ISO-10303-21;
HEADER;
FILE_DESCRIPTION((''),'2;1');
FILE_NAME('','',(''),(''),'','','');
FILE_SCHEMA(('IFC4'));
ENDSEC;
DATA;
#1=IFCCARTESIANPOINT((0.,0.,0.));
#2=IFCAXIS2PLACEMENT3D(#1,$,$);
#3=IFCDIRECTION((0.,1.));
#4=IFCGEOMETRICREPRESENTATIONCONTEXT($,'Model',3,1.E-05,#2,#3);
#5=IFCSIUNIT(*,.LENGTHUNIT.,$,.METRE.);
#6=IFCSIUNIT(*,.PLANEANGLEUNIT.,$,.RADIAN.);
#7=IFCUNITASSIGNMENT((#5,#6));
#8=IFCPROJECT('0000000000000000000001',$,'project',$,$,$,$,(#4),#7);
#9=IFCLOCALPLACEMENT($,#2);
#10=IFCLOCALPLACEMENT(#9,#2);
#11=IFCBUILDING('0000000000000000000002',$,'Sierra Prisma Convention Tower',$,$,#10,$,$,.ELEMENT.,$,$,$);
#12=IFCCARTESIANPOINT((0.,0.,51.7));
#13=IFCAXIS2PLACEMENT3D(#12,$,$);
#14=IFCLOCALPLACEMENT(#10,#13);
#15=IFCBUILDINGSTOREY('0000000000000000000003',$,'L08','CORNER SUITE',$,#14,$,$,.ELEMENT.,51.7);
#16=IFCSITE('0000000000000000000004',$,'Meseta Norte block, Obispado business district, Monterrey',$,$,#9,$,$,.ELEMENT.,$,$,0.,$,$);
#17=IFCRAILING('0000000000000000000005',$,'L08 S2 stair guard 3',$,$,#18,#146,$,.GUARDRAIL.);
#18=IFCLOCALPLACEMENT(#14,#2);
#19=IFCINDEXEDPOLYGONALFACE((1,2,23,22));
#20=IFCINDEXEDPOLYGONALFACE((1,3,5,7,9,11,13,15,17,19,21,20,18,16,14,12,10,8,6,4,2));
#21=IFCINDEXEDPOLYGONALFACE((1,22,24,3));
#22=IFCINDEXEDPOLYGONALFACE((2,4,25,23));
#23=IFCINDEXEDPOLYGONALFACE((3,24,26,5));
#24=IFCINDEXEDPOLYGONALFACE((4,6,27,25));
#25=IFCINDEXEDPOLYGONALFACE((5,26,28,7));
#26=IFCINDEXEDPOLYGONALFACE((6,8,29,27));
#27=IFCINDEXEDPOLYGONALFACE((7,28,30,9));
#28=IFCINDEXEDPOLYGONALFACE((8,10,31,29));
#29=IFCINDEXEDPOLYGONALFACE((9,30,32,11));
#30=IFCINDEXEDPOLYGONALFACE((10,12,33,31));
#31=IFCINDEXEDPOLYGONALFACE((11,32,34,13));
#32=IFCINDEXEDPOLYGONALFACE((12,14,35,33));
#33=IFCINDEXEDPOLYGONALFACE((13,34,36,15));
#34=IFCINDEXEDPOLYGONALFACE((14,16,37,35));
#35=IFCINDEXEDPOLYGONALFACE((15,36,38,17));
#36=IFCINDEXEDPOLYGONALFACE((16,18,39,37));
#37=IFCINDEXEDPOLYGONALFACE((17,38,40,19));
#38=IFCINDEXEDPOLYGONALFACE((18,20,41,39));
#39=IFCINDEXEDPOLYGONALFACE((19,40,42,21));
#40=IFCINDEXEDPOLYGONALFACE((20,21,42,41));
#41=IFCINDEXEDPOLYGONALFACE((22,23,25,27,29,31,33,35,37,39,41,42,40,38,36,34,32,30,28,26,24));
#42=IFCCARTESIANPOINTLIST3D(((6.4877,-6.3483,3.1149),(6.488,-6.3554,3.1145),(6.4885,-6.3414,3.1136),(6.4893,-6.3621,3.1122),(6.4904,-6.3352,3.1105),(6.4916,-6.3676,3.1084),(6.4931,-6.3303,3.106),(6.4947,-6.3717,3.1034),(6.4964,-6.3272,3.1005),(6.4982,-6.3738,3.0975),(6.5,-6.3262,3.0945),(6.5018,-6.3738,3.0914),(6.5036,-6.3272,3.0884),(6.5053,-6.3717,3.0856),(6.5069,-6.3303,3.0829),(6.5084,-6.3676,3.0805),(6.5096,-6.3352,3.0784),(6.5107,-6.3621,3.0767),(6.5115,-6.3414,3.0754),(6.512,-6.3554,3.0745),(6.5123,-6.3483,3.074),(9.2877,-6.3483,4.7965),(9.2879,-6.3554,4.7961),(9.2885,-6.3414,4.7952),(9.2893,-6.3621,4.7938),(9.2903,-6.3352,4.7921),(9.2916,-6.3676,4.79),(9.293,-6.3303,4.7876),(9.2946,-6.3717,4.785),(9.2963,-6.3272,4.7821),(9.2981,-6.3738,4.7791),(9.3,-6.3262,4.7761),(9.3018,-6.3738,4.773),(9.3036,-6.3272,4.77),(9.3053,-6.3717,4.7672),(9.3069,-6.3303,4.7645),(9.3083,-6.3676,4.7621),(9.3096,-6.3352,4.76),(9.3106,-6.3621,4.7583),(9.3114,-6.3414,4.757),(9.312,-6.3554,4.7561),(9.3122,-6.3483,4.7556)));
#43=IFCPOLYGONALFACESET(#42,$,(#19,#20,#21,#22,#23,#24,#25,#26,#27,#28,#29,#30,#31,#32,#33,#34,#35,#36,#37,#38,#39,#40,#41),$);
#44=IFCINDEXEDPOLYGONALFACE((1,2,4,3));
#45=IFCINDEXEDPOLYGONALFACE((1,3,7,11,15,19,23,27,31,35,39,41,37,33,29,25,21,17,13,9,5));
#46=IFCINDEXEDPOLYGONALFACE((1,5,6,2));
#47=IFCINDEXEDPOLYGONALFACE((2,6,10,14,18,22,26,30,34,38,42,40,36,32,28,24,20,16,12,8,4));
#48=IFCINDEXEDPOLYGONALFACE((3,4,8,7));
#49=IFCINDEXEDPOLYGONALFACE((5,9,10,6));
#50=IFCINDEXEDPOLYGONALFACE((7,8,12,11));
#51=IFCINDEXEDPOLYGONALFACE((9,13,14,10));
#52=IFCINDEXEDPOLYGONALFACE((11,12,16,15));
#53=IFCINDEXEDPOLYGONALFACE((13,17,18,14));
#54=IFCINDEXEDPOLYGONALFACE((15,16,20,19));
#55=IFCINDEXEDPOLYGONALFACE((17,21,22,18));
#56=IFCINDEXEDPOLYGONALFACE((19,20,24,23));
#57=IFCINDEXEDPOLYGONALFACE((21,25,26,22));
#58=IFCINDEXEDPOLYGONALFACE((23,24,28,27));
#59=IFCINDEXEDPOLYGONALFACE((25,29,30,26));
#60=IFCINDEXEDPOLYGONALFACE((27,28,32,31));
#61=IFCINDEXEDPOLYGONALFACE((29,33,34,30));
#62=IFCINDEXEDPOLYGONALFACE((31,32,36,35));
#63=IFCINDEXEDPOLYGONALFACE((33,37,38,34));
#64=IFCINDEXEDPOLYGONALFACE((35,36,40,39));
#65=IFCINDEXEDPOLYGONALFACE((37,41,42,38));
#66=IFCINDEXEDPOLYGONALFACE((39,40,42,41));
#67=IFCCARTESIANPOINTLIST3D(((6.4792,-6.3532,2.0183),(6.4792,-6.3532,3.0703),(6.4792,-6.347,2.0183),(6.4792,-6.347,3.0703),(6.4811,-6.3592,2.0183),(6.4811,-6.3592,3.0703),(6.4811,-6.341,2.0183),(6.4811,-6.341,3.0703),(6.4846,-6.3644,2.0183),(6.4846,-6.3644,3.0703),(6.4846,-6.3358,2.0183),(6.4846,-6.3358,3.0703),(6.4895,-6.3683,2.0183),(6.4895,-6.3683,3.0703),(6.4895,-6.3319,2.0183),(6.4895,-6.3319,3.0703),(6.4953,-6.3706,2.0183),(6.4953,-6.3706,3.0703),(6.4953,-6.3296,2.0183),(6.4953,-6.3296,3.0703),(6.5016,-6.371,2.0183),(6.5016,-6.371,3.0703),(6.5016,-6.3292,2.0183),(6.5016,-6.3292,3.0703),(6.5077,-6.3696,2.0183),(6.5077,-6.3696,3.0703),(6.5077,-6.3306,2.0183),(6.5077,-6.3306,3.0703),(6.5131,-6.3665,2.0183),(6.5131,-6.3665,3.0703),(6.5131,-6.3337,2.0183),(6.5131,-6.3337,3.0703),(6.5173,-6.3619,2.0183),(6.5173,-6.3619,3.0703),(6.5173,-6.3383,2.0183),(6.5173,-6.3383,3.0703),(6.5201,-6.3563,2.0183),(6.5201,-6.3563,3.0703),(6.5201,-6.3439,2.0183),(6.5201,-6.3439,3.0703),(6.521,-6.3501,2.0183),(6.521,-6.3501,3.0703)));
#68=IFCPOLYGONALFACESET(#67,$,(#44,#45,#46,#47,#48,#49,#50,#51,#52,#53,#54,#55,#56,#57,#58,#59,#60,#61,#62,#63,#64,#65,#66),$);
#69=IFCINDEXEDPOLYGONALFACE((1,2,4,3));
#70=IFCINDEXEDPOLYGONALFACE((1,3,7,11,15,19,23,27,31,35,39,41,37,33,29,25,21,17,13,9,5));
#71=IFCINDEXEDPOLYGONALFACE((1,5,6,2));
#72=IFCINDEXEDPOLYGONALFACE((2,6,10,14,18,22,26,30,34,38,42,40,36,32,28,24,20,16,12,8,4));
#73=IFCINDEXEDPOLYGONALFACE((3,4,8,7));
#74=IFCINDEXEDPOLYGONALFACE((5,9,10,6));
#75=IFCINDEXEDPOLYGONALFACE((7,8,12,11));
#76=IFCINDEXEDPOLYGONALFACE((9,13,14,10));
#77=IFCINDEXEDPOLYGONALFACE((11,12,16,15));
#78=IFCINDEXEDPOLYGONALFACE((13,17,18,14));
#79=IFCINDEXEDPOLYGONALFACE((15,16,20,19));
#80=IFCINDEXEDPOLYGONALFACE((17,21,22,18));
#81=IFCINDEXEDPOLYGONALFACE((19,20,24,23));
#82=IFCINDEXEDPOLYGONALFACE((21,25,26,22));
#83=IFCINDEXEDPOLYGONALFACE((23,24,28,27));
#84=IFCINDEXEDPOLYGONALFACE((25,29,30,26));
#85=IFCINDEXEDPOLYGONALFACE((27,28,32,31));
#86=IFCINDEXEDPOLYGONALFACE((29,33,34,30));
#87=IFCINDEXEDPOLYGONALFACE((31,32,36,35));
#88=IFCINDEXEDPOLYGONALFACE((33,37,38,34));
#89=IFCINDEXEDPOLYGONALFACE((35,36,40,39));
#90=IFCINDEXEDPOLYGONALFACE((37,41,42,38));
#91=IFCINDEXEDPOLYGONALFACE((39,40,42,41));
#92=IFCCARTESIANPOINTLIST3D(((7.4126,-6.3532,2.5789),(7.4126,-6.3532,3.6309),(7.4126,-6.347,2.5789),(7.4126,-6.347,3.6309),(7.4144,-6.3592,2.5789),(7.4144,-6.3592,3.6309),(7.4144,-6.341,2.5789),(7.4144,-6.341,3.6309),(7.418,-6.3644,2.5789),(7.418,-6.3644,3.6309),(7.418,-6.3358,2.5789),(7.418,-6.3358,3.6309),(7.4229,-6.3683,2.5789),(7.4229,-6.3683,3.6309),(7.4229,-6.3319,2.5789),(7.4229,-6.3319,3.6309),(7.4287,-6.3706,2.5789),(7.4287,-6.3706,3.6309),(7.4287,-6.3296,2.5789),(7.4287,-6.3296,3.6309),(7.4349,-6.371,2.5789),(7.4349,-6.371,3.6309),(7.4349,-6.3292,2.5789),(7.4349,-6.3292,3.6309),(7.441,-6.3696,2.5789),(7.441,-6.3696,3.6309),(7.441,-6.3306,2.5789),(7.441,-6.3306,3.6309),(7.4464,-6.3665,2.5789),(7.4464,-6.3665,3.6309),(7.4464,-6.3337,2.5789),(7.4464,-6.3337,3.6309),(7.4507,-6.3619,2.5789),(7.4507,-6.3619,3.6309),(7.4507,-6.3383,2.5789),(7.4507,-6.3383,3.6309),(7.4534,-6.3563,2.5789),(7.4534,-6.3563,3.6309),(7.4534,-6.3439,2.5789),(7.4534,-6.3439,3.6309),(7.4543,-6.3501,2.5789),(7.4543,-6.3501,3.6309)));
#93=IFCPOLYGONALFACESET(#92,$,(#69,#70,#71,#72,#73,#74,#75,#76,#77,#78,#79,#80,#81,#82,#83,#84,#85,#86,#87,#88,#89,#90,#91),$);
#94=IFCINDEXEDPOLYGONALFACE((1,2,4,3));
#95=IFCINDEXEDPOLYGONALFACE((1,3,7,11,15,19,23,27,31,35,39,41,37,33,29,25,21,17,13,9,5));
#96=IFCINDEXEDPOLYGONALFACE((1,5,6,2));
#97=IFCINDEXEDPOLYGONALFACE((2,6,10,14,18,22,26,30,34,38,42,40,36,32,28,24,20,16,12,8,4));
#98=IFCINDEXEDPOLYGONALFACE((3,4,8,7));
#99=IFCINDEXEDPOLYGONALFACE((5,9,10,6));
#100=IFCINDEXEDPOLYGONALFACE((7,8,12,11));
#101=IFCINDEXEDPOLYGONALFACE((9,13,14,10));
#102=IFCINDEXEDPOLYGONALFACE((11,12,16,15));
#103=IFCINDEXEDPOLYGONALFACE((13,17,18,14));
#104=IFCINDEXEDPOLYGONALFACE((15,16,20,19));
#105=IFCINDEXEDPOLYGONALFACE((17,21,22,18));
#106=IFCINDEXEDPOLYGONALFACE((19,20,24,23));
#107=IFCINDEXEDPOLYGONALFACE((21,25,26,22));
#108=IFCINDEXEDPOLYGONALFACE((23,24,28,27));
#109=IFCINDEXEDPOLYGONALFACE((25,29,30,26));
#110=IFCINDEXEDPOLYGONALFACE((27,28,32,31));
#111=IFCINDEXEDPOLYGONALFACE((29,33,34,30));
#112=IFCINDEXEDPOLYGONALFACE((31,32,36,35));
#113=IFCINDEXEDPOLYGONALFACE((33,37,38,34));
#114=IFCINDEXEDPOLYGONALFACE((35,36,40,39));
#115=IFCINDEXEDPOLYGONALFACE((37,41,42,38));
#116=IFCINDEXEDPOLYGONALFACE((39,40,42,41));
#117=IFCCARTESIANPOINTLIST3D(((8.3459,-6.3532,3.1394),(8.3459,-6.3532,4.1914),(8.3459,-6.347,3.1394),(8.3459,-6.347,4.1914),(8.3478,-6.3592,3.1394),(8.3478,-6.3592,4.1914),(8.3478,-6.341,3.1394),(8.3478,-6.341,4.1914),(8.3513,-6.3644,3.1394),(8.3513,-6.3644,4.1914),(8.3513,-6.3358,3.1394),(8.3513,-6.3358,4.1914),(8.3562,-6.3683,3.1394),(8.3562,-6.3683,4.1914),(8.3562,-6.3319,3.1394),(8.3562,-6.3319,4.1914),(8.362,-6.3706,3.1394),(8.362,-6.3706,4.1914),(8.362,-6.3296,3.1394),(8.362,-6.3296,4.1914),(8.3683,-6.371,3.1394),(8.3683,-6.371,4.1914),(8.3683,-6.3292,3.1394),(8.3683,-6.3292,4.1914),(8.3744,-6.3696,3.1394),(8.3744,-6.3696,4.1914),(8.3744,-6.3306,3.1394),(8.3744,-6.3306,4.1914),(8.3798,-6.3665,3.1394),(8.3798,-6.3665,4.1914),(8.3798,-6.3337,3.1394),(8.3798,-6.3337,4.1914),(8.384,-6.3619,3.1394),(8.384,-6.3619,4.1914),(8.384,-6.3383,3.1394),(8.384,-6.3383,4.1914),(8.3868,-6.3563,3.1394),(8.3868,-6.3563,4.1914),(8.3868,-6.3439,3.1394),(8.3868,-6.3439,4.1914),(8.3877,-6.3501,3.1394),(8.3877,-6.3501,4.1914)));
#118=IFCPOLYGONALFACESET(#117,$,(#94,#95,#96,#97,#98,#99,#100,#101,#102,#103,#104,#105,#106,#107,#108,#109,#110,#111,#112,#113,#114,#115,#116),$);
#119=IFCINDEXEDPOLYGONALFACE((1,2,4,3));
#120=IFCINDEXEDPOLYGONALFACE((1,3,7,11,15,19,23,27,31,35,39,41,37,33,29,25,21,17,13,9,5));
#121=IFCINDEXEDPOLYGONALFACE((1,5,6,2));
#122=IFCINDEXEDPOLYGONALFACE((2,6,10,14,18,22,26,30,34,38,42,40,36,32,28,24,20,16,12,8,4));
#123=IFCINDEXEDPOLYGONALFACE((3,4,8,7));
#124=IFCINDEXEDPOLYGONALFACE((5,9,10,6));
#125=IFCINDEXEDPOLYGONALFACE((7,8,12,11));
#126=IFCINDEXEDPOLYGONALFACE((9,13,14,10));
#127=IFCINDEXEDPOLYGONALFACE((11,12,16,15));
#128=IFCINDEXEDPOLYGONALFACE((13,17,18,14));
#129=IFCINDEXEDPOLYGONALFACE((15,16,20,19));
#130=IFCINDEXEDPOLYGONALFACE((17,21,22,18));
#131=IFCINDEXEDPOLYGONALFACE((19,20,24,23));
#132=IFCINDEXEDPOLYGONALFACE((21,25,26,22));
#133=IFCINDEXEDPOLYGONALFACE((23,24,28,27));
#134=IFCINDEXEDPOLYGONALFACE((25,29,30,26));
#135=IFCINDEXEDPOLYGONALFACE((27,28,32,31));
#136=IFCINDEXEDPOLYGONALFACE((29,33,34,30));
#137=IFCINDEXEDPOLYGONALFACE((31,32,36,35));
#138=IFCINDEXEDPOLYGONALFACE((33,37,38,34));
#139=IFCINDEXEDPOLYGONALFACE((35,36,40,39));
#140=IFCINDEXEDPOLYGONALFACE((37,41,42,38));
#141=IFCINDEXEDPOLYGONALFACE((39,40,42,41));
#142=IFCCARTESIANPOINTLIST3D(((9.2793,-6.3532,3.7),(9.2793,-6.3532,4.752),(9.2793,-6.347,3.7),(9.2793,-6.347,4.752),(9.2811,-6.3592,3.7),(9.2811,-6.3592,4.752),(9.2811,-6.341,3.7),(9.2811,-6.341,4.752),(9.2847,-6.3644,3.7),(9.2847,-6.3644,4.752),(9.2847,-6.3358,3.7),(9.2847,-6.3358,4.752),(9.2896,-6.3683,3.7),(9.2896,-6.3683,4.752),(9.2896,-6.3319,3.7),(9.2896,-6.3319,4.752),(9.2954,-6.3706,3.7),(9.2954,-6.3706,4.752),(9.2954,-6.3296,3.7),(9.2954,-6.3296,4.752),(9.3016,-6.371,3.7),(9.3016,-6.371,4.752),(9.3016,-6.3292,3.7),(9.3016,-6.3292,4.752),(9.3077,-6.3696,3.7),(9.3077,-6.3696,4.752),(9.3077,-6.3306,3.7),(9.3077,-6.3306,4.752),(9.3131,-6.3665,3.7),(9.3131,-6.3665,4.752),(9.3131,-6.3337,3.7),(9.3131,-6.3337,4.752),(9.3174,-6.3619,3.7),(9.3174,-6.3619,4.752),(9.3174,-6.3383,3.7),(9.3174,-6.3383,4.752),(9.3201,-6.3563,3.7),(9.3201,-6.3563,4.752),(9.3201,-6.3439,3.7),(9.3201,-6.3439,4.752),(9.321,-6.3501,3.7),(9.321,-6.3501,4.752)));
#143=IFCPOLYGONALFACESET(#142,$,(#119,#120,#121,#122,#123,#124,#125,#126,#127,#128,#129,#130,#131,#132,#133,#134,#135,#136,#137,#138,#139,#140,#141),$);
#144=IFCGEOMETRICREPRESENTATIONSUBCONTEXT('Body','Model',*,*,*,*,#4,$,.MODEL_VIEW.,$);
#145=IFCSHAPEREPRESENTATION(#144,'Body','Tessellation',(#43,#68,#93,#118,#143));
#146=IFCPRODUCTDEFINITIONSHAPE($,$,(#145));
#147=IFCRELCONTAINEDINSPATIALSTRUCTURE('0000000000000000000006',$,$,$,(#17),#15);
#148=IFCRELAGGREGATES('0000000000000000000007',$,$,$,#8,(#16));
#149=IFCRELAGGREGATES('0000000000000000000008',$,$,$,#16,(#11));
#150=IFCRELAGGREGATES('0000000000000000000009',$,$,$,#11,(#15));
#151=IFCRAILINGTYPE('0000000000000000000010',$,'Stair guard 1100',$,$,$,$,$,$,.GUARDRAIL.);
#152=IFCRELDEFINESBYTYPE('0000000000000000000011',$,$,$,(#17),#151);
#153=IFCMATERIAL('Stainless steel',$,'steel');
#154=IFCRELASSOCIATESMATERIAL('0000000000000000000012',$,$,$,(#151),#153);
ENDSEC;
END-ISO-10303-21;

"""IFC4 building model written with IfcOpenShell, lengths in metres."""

from ifc_helpers import new_model, si_unit, direction, frame, origin, origin_2d, place, context, subcontext, project, spatial, circle, extrude, material, type_object, element, save


model = new_model("IFC4")

# Units and contexts
model_context = context("Model", 3, precision=1e-05, world=origin(), true_north=direction((0.0, 1.0)))
body_context = subcontext(model_context, "Body", "Model", "MODEL_VIEW")
ifc_project = project(units=[si_unit("LENGTHUNIT", "METRE"), si_unit("PLANEANGLEUNIT", "RADIAN")], contexts=[model_context])

# Site, building, storey
site_placement = place(None, origin())
site = spatial("IfcSite", under=ifc_project, at=site_placement, Name="Meseta Norte block, Obispado business district, Monterrey", CompositionType="ELEMENT", RefElevation=0.0)
building_placement = place(site_placement, origin())
building = spatial("IfcBuilding", under=site, at=building_placement, Name="Sierra Prisma Convention Tower", CompositionType="ELEMENT")
storey_placement = place(building_placement, frame((0.0, 0.0, 51.7)))
storey = spatial("IfcBuildingStorey", under=building, at=storey_placement, Name="L08", Description="CORNER SUITE", CompositionType="ELEMENT", Elevation=51.7)

# Railing
ifc_material_1 = material(Name="Stainless steel", Category="steel")
railing_type_1 = type_object("IfcRailingType", Name="Stair guard 1100", PredefinedType="GUARDRAIL", material=ifc_material_1)
railing_1_placement = place(storey_placement, frame((6.5, -6.3501, 2.0183)))
element("IfcRailing", 1, at=railing_1_placement, inside=storey, type_object=railing_type_1, Name="L08 S2 stair guard 3", PredefinedType="GUARDRAIL", context=body_context, shape_type="SweptSolid", body=[
    extrude(circle(Radius=0.0239, at=origin_2d()), frame((0.0, 0.0, 1.0762), z_axis=(0.857275, 0.0, 0.514858), x_axis=(0.0, 1.0, 0.0)), (0.0, 0.0, 1.0), 3.2661),
    extrude(circle(Radius=0.021, at=origin_2d()), origin(), (0.0, 0.0, 1.0), 1.052),
    extrude(circle(Radius=0.021, at=origin_2d()), frame((0.9333, 0.0, 0.5605)), (0.0, 0.0, 1.0), 1.052),
    extrude(circle(Radius=0.021, at=origin_2d()), frame((1.8667, 0.0, 1.1211)), (0.0, 0.0, 1.0), 1.052),
    extrude(circle(Radius=0.021, at=origin_2d()), frame((2.8, 0.0, 1.6816)), (0.0, 0.0, 1.0), 1.052),
])

save(model, "model.ifc")
